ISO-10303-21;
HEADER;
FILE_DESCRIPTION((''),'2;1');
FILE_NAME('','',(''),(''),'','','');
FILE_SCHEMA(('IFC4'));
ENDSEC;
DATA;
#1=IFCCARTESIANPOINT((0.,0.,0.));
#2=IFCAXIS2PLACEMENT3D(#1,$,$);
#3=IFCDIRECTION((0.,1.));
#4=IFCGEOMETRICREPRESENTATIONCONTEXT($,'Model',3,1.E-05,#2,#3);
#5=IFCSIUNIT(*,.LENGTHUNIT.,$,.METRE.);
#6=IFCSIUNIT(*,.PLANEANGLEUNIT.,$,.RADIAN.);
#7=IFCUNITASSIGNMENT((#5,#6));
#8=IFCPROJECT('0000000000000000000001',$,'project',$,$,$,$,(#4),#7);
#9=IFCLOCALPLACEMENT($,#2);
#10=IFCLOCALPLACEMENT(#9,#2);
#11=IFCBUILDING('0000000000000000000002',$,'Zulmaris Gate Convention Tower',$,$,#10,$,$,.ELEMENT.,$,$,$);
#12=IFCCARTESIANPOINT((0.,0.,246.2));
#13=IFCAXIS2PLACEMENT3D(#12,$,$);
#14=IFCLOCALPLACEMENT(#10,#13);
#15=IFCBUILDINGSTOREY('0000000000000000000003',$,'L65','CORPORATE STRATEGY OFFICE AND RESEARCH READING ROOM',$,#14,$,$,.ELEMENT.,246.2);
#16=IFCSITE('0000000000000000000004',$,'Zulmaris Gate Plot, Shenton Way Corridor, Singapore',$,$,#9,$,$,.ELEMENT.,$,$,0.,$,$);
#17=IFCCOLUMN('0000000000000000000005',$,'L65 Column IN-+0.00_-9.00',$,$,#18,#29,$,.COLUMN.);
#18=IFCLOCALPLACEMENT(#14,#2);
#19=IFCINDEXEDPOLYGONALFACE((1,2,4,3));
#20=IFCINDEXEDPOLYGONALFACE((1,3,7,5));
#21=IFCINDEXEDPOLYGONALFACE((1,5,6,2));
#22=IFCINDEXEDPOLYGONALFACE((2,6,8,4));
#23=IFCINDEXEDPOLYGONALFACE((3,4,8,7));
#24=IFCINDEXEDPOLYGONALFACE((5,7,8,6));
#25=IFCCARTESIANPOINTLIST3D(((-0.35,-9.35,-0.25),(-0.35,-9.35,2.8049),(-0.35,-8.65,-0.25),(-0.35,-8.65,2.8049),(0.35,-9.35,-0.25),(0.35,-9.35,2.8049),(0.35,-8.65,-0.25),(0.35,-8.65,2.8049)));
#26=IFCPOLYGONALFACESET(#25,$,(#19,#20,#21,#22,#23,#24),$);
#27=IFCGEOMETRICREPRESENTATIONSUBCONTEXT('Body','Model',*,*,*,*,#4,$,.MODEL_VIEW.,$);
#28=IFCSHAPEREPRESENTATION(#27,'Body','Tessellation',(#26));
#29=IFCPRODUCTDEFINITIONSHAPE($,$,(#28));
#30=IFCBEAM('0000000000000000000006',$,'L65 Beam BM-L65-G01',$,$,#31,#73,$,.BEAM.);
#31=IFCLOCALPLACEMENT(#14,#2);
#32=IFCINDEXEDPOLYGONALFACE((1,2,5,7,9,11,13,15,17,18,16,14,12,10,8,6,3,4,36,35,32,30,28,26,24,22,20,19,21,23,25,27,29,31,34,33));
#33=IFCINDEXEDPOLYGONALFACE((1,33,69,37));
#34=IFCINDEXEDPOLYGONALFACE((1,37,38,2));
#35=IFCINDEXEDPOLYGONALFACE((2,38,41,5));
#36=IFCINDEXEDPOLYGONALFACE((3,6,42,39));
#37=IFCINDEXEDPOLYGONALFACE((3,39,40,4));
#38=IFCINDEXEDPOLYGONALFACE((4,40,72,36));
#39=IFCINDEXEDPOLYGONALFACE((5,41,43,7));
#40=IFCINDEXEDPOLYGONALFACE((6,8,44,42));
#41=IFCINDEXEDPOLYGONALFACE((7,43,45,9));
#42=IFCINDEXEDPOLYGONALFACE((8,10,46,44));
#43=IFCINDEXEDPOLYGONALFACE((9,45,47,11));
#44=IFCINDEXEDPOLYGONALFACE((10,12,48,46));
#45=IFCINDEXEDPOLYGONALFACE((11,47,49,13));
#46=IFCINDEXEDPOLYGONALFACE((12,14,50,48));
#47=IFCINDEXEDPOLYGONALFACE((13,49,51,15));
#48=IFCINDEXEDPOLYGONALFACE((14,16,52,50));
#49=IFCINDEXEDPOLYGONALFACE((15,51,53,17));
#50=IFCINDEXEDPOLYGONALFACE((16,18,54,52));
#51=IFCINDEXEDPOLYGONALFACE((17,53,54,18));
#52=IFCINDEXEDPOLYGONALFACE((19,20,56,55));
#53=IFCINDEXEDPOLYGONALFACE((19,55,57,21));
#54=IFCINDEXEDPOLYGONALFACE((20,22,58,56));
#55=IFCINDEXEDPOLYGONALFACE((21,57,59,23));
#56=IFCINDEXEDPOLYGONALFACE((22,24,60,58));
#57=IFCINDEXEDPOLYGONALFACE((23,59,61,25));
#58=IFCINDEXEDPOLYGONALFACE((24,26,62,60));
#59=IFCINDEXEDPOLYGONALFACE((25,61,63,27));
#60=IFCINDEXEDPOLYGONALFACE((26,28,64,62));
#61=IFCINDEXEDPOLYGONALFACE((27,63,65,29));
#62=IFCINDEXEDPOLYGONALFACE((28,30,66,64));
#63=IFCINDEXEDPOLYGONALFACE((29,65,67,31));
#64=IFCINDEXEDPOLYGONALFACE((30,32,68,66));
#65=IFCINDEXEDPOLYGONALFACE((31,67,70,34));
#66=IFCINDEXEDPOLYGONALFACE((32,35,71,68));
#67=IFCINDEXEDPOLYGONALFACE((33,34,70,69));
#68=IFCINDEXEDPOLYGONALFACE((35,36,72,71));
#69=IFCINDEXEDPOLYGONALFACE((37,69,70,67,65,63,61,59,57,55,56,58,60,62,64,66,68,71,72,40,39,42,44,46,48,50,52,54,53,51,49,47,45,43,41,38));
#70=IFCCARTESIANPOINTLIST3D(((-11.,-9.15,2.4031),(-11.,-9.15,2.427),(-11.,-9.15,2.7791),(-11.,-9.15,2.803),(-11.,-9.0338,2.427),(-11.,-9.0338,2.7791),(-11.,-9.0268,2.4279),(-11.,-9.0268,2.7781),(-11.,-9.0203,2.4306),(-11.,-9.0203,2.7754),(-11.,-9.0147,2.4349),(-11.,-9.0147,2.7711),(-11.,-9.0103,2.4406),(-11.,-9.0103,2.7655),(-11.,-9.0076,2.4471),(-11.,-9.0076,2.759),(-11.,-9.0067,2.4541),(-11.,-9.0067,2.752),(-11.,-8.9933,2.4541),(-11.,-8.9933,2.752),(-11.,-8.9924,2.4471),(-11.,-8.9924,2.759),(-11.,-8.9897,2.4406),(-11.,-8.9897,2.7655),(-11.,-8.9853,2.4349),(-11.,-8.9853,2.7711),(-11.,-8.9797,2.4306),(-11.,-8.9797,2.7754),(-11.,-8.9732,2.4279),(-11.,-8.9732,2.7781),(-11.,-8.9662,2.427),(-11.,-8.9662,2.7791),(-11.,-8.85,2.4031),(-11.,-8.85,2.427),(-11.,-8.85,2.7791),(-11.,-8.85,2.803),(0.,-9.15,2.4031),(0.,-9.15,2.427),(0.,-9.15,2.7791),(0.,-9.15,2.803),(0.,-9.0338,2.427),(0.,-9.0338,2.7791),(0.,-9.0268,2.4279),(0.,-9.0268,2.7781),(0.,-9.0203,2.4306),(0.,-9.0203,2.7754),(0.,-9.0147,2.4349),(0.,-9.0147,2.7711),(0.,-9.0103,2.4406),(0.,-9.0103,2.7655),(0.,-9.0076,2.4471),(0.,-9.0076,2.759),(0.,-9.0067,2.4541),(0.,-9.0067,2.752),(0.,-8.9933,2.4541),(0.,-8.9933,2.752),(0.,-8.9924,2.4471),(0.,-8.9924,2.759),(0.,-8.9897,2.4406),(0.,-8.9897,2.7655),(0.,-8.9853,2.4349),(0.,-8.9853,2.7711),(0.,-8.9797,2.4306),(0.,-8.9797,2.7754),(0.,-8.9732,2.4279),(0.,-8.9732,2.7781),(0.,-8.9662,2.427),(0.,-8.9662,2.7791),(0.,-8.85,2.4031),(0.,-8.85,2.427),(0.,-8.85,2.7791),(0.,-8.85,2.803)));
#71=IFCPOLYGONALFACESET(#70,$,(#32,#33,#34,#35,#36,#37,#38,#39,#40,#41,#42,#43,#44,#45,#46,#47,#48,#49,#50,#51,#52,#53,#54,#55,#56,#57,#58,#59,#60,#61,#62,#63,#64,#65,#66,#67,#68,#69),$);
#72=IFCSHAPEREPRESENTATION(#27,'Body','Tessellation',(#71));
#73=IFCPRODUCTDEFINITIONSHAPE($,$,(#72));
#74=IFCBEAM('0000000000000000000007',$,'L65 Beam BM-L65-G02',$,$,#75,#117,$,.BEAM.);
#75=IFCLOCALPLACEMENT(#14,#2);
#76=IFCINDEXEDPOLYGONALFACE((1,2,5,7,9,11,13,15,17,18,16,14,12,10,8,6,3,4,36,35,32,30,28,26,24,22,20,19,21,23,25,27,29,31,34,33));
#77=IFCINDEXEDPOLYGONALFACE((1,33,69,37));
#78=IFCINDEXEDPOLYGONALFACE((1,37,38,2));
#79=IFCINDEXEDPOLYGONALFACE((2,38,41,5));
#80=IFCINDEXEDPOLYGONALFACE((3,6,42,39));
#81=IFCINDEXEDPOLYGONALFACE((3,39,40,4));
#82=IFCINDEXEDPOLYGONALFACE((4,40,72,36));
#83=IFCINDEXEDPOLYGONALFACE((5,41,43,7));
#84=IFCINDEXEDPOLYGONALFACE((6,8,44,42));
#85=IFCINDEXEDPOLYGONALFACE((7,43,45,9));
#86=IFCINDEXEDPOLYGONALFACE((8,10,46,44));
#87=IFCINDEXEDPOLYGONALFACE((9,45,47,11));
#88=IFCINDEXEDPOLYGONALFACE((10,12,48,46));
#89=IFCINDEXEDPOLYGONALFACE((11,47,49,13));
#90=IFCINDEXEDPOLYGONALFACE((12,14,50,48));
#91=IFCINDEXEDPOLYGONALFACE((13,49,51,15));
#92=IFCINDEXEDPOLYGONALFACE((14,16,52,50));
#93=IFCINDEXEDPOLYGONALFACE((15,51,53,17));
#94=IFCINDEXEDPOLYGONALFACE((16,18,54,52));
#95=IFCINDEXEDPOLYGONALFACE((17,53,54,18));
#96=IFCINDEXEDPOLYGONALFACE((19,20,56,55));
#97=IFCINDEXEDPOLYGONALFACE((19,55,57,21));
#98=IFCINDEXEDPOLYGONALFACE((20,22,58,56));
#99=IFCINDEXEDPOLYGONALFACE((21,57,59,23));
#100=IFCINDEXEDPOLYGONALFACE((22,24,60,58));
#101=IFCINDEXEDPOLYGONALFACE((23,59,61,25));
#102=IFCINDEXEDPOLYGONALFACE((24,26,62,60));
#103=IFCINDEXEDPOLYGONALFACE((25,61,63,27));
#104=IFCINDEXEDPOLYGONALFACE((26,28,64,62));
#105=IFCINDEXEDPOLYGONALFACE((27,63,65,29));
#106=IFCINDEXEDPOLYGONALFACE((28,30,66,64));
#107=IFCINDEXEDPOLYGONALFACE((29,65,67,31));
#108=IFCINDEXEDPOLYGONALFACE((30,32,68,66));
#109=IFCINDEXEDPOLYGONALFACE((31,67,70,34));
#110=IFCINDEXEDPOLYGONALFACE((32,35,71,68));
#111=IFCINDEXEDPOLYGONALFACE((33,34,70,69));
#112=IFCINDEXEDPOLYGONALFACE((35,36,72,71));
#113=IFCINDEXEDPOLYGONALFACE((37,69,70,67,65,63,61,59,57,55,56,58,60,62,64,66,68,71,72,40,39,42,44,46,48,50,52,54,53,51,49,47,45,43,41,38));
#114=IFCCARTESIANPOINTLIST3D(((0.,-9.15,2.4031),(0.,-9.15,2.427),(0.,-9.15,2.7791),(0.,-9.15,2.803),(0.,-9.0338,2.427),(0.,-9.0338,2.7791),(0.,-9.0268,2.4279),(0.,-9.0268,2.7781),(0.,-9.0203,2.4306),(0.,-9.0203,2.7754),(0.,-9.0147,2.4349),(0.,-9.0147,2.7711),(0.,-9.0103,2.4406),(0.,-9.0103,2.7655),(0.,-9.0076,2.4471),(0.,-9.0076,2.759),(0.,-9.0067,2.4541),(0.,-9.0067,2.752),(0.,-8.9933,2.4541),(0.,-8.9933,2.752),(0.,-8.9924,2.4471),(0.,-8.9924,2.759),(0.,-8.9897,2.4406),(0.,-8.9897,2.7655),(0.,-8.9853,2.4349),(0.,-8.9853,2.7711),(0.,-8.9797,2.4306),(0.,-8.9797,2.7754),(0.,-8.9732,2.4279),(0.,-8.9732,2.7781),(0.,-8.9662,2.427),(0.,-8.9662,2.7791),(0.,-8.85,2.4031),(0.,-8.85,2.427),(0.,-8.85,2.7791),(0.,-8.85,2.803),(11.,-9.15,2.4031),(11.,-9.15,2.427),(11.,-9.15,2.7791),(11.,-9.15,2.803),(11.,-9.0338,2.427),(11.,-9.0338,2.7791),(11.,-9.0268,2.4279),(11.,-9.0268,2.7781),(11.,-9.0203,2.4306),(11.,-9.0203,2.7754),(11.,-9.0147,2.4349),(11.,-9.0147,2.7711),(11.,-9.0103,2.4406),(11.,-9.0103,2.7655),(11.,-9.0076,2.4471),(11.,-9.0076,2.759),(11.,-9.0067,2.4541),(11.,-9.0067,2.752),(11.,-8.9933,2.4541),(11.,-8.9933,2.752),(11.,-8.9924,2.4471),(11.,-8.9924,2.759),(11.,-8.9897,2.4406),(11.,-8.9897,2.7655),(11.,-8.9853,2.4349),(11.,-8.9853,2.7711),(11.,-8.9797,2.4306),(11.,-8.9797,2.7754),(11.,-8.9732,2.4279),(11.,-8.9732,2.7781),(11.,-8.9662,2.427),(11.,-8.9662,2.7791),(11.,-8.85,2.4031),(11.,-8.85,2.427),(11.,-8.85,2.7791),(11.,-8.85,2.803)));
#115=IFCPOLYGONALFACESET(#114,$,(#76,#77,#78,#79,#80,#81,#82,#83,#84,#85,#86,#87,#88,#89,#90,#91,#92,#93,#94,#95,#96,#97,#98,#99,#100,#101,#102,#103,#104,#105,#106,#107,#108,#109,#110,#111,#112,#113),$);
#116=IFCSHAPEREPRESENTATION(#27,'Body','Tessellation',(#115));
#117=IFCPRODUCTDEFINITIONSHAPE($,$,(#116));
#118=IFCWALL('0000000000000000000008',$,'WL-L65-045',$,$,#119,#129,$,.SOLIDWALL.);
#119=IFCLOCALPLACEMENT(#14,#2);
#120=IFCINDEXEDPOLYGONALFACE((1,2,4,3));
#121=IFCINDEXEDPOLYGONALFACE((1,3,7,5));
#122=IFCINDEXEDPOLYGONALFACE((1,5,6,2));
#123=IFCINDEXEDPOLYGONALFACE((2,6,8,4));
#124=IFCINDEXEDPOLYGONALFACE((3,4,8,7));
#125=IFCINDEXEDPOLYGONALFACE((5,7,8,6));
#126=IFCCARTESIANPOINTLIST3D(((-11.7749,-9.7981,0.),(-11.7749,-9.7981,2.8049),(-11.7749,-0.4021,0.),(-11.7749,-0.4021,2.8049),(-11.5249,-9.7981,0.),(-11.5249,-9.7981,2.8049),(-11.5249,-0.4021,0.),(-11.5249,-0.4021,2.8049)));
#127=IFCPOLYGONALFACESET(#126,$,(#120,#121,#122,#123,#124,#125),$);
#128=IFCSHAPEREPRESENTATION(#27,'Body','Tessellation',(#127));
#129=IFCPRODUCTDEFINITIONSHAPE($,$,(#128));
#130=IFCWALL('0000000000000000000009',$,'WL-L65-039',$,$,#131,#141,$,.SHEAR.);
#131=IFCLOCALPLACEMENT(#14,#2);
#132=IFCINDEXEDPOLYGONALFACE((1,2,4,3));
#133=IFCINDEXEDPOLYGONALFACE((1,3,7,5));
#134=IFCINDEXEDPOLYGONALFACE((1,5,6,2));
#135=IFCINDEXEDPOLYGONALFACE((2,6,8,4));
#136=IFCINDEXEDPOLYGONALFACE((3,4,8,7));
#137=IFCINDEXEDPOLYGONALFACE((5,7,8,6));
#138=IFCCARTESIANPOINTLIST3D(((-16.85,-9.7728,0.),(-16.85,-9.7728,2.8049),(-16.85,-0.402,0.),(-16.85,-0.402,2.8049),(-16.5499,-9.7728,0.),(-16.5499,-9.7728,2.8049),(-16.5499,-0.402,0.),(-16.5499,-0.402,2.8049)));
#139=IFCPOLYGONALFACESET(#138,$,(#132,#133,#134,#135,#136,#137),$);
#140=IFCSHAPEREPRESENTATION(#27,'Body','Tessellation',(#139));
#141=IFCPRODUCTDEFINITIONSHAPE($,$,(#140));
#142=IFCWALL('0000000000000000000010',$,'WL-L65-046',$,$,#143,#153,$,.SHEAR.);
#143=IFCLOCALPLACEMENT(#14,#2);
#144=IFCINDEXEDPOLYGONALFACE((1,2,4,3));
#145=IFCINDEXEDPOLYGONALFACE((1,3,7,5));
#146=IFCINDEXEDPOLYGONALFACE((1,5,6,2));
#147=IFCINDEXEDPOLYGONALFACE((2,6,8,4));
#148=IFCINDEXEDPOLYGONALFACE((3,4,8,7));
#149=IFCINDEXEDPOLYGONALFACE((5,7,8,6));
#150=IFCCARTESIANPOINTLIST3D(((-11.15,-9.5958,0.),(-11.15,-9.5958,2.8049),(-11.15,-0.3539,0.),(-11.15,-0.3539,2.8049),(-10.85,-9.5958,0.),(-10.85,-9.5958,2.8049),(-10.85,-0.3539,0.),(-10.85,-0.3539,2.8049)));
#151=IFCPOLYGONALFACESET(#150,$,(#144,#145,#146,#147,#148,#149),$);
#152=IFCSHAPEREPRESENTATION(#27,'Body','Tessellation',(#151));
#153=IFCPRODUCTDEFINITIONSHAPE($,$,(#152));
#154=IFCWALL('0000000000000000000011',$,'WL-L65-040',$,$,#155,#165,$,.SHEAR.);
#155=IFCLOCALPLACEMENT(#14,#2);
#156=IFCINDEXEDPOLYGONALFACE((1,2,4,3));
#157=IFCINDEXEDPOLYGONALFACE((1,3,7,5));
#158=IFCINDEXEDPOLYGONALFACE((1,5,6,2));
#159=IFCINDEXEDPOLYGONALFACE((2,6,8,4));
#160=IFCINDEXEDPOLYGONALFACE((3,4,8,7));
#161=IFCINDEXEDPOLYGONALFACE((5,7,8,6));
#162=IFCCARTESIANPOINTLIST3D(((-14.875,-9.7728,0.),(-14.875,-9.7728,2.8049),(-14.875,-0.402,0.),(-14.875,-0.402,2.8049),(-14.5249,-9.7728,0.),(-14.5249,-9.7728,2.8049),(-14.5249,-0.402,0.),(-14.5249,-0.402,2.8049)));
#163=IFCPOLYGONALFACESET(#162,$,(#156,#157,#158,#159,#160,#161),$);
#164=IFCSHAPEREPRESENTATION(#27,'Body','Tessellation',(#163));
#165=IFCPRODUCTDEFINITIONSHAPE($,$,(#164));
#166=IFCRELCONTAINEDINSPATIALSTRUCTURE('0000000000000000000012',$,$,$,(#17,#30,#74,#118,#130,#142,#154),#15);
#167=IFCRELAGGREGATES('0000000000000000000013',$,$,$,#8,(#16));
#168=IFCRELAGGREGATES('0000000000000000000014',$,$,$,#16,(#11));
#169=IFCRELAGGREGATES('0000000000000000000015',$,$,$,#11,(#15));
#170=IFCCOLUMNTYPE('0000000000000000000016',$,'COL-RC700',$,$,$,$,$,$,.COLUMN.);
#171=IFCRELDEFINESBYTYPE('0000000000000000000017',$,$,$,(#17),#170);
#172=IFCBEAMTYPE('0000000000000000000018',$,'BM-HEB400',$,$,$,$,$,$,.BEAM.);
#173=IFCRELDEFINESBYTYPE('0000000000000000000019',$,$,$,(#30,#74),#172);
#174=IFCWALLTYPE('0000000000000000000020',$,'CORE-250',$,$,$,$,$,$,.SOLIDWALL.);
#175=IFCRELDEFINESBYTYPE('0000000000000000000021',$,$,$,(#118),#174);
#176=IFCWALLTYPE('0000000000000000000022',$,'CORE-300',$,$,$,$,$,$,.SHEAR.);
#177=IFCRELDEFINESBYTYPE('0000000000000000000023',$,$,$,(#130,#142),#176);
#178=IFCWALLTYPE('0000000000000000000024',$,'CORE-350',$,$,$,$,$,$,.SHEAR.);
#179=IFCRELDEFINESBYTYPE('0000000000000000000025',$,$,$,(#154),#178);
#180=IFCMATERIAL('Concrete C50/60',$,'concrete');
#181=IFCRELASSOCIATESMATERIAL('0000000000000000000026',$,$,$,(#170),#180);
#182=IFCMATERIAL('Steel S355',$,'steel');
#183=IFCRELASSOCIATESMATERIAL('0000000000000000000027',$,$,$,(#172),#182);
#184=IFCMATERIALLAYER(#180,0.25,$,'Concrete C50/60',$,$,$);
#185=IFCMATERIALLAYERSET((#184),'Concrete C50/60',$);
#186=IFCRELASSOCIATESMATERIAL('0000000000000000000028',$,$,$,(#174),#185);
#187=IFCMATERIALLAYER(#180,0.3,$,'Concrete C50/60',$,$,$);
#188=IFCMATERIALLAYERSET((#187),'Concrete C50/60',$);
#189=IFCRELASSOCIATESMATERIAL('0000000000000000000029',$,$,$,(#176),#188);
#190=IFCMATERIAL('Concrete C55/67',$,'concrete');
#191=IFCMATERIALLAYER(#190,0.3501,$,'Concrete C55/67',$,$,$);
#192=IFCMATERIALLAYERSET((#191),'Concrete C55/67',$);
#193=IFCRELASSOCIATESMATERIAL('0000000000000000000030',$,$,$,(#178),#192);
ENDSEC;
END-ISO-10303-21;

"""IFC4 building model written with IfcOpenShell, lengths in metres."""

from ifc_helpers import new_model, si_unit, direction, frame, frame_2d, origin, origin_2d, place, context, subcontext, project, spatial, rectangle, i_section, extrude, material, layer, layer_set, material_profile, profile_set, type_object, element, save


model = new_model("IFC4")

# Units and contexts
model_context = context("Model", 3, precision=1e-05, world=origin(), true_north=direction((0.0, 1.0)))
body_context = subcontext(model_context, "Body", "Model", "MODEL_VIEW")
ifc_project = project(units=[si_unit("LENGTHUNIT", "METRE"), si_unit("PLANEANGLEUNIT", "RADIAN")], contexts=[model_context])

# Site, building, storey
site_placement = place(None, origin())
site = spatial("IfcSite", under=ifc_project, at=site_placement, Name="Zulmaris Gate Plot, Shenton Way Corridor, Singapore", CompositionType="ELEMENT", RefElevation=0.0)
building_placement = place(site_placement, origin())
building = spatial("IfcBuilding", under=site, at=building_placement, Name="Zulmaris Gate Convention Tower", CompositionType="ELEMENT")
storey_placement = place(building_placement, frame((0.0, 0.0, 246.2)))
storey = spatial("IfcBuildingStorey", under=building, at=storey_placement, Name="L65", Description="CORPORATE STRATEGY OFFICE AND RESEARCH READING ROOM", CompositionType="ELEMENT", Elevation=246.2)

# Column
ifc_material_1 = material(Name="Concrete C50/60", Category="concrete")
ifc_material_profile_1 = material_profile(ifc_material_1, rectangle(XDim=0.7, YDim=0.7, at=origin_2d()), Name="RC COL 700x700")
ifc_profile_set_1 = profile_set([ifc_material_profile_1], Name="Concrete C50/60")
column_type = type_object("IfcColumnType", Name="COL-RC700", PredefinedType="COLUMN", material=ifc_profile_set_1)
column_placement = place(storey_placement, frame((0.0, -9.0, -0.25), z_axis=(0.0, 0.0, 1.0), x_axis=(1.0, 0.0, 0.0)))
element("IfcColumn", 1, at=column_placement, inside=storey, type_object=column_type, Name="L65 Column IN-+0.00_-9.00", PredefinedType="COLUMN", context=body_context, shape_type="SweptSolid", body=[
    extrude(rectangle(XDim=0.7, YDim=0.7, at=origin_2d()), origin(), (0.0, 0.0, 1.0), 3.0549),
])

# Beams
ifc_material_2 = material(Name="Steel S355", Category="steel")
ifc_material_profile_2 = material_profile(ifc_material_2, i_section(OverallWidth=0.3, OverallDepth=0.3999, WebThickness=0.0134, FlangeThickness=0.0239, FilletRadius=0.0271, at=origin_2d()), Name="HEB 400")
ifc_profile_set_2 = profile_set([ifc_material_profile_2], Name="Steel S355")
beam_type = type_object("IfcBeamType", Name="BM-HEB400", PredefinedType="BEAM", material=ifc_profile_set_2)
for number, where, z_axis, x_axis, name in (
    (2, (-11.0, -9.0, 2.603), (1.0, 0.0, 0.0), (0.0, 1.0, 0.0), "L65 Beam BM-L65-G01"),
    (3, (0.0, -9.0, 2.603), (1.0, 0.0, 0.0), (0.0, 1.0, 0.0), "L65 Beam BM-L65-G02"),
):
    element("IfcBeam", number, at=place(storey_placement, frame(where, z_axis=z_axis, x_axis=x_axis)), inside=storey, type_object=beam_type, Name=name, PredefinedType="BEAM", context=body_context, shape_type="SweptSolid", body=[
        extrude(i_section(OverallWidth=0.3, OverallDepth=0.3999, WebThickness=0.0134, FlangeThickness=0.0239, FilletRadius=0.0271, at=origin_2d()), origin(), (0.0, 0.0, 1.0), 11.0),
    ])

# Walls
ifc_layer_1 = layer(ifc_material_1, 0.25, Name="Concrete C50/60")
ifc_layer_set_1 = layer_set([ifc_layer_1], Name="Concrete C50/60")
wall_type_1 = type_object("IfcWallType", Name="CORE-250", PredefinedType="SOLIDWALL", material=ifc_layer_set_1)
wall_1_placement = place(storey_placement, frame((-11.6499, -9.7981, 0.0), z_axis=(0.0, 0.0, 1.0), x_axis=(0.0, 1.0, 0.0)))
element("IfcWall", 4, at=wall_1_placement, inside=storey, type_object=wall_type_1, Name="WL-L65-045", PredefinedType="SOLIDWALL", context=body_context, shape_type="SweptSolid", body=[
    extrude(rectangle(XDim=9.396, YDim=0.25, at=frame_2d((4.698, 0.0))), origin(), (0.0, 0.0, 1.0), 2.8049),
])
ifc_layer_2 = layer(ifc_material_1, 0.3, Name="Concrete C50/60")
ifc_layer_set_2 = layer_set([ifc_layer_2], Name="Concrete C50/60")
wall_type_2 = type_object("IfcWallType", Name="CORE-300", PredefinedType="SHEAR", material=ifc_layer_set_2)
wall_2_placement = place(storey_placement, frame((-16.7, -9.7729, 0.0), z_axis=(0.0, 0.0, 1.0), x_axis=(0.0, 1.0, 0.0)))
element("IfcWall", 5, at=wall_2_placement, inside=storey, type_object=wall_type_2, Name="WL-L65-039", PredefinedType="SHEAR", context=body_context, shape_type="SweptSolid", body=[
    extrude(rectangle(XDim=9.3708, YDim=0.3, at=frame_2d((4.6855, 0.0))), origin(), (0.0, 0.0, 1.0), 2.8049),
])
wall_3_placement = place(storey_placement, frame((-11.0, -9.5959, 0.0), z_axis=(0.0, 0.0, 1.0), x_axis=(0.0, 1.0, 0.0)))
element("IfcWall", 6, at=wall_3_placement, inside=storey, type_object=wall_type_2, Name="WL-L65-046", PredefinedType="SHEAR", context=body_context, shape_type="SweptSolid", body=[
    extrude(rectangle(XDim=9.2419, YDim=0.3, at=frame_2d((4.6211, 0.0))), origin(), (0.0, 0.0, 1.0), 2.8049),
])
ifc_material_3 = material(Name="Concrete C55/67", Category="concrete")
ifc_layer_3 = layer(ifc_material_3, 0.3501, Name="Concrete C55/67")
ifc_layer_set_3 = layer_set([ifc_layer_3], Name="Concrete C55/67")
wall_type_3 = type_object("IfcWallType", Name="CORE-350", PredefinedType="SHEAR", material=ifc_layer_set_3)
wall_4_placement = place(storey_placement, frame((-14.7, -9.7729, 0.0), z_axis=(0.0, 0.0, 1.0), x_axis=(0.0, 1.0, 0.0)))
element("IfcWall", 7, at=wall_4_placement, inside=storey, type_object=wall_type_3, Name="WL-L65-040", PredefinedType="SHEAR", context=body_context, shape_type="SweptSolid", body=[
    extrude(rectangle(XDim=9.3708, YDim=0.3501, at=frame_2d((4.6855, 0.0))), origin(), (0.0, 0.0, 1.0), 2.8049),
])

save(model, "model.ifc")
